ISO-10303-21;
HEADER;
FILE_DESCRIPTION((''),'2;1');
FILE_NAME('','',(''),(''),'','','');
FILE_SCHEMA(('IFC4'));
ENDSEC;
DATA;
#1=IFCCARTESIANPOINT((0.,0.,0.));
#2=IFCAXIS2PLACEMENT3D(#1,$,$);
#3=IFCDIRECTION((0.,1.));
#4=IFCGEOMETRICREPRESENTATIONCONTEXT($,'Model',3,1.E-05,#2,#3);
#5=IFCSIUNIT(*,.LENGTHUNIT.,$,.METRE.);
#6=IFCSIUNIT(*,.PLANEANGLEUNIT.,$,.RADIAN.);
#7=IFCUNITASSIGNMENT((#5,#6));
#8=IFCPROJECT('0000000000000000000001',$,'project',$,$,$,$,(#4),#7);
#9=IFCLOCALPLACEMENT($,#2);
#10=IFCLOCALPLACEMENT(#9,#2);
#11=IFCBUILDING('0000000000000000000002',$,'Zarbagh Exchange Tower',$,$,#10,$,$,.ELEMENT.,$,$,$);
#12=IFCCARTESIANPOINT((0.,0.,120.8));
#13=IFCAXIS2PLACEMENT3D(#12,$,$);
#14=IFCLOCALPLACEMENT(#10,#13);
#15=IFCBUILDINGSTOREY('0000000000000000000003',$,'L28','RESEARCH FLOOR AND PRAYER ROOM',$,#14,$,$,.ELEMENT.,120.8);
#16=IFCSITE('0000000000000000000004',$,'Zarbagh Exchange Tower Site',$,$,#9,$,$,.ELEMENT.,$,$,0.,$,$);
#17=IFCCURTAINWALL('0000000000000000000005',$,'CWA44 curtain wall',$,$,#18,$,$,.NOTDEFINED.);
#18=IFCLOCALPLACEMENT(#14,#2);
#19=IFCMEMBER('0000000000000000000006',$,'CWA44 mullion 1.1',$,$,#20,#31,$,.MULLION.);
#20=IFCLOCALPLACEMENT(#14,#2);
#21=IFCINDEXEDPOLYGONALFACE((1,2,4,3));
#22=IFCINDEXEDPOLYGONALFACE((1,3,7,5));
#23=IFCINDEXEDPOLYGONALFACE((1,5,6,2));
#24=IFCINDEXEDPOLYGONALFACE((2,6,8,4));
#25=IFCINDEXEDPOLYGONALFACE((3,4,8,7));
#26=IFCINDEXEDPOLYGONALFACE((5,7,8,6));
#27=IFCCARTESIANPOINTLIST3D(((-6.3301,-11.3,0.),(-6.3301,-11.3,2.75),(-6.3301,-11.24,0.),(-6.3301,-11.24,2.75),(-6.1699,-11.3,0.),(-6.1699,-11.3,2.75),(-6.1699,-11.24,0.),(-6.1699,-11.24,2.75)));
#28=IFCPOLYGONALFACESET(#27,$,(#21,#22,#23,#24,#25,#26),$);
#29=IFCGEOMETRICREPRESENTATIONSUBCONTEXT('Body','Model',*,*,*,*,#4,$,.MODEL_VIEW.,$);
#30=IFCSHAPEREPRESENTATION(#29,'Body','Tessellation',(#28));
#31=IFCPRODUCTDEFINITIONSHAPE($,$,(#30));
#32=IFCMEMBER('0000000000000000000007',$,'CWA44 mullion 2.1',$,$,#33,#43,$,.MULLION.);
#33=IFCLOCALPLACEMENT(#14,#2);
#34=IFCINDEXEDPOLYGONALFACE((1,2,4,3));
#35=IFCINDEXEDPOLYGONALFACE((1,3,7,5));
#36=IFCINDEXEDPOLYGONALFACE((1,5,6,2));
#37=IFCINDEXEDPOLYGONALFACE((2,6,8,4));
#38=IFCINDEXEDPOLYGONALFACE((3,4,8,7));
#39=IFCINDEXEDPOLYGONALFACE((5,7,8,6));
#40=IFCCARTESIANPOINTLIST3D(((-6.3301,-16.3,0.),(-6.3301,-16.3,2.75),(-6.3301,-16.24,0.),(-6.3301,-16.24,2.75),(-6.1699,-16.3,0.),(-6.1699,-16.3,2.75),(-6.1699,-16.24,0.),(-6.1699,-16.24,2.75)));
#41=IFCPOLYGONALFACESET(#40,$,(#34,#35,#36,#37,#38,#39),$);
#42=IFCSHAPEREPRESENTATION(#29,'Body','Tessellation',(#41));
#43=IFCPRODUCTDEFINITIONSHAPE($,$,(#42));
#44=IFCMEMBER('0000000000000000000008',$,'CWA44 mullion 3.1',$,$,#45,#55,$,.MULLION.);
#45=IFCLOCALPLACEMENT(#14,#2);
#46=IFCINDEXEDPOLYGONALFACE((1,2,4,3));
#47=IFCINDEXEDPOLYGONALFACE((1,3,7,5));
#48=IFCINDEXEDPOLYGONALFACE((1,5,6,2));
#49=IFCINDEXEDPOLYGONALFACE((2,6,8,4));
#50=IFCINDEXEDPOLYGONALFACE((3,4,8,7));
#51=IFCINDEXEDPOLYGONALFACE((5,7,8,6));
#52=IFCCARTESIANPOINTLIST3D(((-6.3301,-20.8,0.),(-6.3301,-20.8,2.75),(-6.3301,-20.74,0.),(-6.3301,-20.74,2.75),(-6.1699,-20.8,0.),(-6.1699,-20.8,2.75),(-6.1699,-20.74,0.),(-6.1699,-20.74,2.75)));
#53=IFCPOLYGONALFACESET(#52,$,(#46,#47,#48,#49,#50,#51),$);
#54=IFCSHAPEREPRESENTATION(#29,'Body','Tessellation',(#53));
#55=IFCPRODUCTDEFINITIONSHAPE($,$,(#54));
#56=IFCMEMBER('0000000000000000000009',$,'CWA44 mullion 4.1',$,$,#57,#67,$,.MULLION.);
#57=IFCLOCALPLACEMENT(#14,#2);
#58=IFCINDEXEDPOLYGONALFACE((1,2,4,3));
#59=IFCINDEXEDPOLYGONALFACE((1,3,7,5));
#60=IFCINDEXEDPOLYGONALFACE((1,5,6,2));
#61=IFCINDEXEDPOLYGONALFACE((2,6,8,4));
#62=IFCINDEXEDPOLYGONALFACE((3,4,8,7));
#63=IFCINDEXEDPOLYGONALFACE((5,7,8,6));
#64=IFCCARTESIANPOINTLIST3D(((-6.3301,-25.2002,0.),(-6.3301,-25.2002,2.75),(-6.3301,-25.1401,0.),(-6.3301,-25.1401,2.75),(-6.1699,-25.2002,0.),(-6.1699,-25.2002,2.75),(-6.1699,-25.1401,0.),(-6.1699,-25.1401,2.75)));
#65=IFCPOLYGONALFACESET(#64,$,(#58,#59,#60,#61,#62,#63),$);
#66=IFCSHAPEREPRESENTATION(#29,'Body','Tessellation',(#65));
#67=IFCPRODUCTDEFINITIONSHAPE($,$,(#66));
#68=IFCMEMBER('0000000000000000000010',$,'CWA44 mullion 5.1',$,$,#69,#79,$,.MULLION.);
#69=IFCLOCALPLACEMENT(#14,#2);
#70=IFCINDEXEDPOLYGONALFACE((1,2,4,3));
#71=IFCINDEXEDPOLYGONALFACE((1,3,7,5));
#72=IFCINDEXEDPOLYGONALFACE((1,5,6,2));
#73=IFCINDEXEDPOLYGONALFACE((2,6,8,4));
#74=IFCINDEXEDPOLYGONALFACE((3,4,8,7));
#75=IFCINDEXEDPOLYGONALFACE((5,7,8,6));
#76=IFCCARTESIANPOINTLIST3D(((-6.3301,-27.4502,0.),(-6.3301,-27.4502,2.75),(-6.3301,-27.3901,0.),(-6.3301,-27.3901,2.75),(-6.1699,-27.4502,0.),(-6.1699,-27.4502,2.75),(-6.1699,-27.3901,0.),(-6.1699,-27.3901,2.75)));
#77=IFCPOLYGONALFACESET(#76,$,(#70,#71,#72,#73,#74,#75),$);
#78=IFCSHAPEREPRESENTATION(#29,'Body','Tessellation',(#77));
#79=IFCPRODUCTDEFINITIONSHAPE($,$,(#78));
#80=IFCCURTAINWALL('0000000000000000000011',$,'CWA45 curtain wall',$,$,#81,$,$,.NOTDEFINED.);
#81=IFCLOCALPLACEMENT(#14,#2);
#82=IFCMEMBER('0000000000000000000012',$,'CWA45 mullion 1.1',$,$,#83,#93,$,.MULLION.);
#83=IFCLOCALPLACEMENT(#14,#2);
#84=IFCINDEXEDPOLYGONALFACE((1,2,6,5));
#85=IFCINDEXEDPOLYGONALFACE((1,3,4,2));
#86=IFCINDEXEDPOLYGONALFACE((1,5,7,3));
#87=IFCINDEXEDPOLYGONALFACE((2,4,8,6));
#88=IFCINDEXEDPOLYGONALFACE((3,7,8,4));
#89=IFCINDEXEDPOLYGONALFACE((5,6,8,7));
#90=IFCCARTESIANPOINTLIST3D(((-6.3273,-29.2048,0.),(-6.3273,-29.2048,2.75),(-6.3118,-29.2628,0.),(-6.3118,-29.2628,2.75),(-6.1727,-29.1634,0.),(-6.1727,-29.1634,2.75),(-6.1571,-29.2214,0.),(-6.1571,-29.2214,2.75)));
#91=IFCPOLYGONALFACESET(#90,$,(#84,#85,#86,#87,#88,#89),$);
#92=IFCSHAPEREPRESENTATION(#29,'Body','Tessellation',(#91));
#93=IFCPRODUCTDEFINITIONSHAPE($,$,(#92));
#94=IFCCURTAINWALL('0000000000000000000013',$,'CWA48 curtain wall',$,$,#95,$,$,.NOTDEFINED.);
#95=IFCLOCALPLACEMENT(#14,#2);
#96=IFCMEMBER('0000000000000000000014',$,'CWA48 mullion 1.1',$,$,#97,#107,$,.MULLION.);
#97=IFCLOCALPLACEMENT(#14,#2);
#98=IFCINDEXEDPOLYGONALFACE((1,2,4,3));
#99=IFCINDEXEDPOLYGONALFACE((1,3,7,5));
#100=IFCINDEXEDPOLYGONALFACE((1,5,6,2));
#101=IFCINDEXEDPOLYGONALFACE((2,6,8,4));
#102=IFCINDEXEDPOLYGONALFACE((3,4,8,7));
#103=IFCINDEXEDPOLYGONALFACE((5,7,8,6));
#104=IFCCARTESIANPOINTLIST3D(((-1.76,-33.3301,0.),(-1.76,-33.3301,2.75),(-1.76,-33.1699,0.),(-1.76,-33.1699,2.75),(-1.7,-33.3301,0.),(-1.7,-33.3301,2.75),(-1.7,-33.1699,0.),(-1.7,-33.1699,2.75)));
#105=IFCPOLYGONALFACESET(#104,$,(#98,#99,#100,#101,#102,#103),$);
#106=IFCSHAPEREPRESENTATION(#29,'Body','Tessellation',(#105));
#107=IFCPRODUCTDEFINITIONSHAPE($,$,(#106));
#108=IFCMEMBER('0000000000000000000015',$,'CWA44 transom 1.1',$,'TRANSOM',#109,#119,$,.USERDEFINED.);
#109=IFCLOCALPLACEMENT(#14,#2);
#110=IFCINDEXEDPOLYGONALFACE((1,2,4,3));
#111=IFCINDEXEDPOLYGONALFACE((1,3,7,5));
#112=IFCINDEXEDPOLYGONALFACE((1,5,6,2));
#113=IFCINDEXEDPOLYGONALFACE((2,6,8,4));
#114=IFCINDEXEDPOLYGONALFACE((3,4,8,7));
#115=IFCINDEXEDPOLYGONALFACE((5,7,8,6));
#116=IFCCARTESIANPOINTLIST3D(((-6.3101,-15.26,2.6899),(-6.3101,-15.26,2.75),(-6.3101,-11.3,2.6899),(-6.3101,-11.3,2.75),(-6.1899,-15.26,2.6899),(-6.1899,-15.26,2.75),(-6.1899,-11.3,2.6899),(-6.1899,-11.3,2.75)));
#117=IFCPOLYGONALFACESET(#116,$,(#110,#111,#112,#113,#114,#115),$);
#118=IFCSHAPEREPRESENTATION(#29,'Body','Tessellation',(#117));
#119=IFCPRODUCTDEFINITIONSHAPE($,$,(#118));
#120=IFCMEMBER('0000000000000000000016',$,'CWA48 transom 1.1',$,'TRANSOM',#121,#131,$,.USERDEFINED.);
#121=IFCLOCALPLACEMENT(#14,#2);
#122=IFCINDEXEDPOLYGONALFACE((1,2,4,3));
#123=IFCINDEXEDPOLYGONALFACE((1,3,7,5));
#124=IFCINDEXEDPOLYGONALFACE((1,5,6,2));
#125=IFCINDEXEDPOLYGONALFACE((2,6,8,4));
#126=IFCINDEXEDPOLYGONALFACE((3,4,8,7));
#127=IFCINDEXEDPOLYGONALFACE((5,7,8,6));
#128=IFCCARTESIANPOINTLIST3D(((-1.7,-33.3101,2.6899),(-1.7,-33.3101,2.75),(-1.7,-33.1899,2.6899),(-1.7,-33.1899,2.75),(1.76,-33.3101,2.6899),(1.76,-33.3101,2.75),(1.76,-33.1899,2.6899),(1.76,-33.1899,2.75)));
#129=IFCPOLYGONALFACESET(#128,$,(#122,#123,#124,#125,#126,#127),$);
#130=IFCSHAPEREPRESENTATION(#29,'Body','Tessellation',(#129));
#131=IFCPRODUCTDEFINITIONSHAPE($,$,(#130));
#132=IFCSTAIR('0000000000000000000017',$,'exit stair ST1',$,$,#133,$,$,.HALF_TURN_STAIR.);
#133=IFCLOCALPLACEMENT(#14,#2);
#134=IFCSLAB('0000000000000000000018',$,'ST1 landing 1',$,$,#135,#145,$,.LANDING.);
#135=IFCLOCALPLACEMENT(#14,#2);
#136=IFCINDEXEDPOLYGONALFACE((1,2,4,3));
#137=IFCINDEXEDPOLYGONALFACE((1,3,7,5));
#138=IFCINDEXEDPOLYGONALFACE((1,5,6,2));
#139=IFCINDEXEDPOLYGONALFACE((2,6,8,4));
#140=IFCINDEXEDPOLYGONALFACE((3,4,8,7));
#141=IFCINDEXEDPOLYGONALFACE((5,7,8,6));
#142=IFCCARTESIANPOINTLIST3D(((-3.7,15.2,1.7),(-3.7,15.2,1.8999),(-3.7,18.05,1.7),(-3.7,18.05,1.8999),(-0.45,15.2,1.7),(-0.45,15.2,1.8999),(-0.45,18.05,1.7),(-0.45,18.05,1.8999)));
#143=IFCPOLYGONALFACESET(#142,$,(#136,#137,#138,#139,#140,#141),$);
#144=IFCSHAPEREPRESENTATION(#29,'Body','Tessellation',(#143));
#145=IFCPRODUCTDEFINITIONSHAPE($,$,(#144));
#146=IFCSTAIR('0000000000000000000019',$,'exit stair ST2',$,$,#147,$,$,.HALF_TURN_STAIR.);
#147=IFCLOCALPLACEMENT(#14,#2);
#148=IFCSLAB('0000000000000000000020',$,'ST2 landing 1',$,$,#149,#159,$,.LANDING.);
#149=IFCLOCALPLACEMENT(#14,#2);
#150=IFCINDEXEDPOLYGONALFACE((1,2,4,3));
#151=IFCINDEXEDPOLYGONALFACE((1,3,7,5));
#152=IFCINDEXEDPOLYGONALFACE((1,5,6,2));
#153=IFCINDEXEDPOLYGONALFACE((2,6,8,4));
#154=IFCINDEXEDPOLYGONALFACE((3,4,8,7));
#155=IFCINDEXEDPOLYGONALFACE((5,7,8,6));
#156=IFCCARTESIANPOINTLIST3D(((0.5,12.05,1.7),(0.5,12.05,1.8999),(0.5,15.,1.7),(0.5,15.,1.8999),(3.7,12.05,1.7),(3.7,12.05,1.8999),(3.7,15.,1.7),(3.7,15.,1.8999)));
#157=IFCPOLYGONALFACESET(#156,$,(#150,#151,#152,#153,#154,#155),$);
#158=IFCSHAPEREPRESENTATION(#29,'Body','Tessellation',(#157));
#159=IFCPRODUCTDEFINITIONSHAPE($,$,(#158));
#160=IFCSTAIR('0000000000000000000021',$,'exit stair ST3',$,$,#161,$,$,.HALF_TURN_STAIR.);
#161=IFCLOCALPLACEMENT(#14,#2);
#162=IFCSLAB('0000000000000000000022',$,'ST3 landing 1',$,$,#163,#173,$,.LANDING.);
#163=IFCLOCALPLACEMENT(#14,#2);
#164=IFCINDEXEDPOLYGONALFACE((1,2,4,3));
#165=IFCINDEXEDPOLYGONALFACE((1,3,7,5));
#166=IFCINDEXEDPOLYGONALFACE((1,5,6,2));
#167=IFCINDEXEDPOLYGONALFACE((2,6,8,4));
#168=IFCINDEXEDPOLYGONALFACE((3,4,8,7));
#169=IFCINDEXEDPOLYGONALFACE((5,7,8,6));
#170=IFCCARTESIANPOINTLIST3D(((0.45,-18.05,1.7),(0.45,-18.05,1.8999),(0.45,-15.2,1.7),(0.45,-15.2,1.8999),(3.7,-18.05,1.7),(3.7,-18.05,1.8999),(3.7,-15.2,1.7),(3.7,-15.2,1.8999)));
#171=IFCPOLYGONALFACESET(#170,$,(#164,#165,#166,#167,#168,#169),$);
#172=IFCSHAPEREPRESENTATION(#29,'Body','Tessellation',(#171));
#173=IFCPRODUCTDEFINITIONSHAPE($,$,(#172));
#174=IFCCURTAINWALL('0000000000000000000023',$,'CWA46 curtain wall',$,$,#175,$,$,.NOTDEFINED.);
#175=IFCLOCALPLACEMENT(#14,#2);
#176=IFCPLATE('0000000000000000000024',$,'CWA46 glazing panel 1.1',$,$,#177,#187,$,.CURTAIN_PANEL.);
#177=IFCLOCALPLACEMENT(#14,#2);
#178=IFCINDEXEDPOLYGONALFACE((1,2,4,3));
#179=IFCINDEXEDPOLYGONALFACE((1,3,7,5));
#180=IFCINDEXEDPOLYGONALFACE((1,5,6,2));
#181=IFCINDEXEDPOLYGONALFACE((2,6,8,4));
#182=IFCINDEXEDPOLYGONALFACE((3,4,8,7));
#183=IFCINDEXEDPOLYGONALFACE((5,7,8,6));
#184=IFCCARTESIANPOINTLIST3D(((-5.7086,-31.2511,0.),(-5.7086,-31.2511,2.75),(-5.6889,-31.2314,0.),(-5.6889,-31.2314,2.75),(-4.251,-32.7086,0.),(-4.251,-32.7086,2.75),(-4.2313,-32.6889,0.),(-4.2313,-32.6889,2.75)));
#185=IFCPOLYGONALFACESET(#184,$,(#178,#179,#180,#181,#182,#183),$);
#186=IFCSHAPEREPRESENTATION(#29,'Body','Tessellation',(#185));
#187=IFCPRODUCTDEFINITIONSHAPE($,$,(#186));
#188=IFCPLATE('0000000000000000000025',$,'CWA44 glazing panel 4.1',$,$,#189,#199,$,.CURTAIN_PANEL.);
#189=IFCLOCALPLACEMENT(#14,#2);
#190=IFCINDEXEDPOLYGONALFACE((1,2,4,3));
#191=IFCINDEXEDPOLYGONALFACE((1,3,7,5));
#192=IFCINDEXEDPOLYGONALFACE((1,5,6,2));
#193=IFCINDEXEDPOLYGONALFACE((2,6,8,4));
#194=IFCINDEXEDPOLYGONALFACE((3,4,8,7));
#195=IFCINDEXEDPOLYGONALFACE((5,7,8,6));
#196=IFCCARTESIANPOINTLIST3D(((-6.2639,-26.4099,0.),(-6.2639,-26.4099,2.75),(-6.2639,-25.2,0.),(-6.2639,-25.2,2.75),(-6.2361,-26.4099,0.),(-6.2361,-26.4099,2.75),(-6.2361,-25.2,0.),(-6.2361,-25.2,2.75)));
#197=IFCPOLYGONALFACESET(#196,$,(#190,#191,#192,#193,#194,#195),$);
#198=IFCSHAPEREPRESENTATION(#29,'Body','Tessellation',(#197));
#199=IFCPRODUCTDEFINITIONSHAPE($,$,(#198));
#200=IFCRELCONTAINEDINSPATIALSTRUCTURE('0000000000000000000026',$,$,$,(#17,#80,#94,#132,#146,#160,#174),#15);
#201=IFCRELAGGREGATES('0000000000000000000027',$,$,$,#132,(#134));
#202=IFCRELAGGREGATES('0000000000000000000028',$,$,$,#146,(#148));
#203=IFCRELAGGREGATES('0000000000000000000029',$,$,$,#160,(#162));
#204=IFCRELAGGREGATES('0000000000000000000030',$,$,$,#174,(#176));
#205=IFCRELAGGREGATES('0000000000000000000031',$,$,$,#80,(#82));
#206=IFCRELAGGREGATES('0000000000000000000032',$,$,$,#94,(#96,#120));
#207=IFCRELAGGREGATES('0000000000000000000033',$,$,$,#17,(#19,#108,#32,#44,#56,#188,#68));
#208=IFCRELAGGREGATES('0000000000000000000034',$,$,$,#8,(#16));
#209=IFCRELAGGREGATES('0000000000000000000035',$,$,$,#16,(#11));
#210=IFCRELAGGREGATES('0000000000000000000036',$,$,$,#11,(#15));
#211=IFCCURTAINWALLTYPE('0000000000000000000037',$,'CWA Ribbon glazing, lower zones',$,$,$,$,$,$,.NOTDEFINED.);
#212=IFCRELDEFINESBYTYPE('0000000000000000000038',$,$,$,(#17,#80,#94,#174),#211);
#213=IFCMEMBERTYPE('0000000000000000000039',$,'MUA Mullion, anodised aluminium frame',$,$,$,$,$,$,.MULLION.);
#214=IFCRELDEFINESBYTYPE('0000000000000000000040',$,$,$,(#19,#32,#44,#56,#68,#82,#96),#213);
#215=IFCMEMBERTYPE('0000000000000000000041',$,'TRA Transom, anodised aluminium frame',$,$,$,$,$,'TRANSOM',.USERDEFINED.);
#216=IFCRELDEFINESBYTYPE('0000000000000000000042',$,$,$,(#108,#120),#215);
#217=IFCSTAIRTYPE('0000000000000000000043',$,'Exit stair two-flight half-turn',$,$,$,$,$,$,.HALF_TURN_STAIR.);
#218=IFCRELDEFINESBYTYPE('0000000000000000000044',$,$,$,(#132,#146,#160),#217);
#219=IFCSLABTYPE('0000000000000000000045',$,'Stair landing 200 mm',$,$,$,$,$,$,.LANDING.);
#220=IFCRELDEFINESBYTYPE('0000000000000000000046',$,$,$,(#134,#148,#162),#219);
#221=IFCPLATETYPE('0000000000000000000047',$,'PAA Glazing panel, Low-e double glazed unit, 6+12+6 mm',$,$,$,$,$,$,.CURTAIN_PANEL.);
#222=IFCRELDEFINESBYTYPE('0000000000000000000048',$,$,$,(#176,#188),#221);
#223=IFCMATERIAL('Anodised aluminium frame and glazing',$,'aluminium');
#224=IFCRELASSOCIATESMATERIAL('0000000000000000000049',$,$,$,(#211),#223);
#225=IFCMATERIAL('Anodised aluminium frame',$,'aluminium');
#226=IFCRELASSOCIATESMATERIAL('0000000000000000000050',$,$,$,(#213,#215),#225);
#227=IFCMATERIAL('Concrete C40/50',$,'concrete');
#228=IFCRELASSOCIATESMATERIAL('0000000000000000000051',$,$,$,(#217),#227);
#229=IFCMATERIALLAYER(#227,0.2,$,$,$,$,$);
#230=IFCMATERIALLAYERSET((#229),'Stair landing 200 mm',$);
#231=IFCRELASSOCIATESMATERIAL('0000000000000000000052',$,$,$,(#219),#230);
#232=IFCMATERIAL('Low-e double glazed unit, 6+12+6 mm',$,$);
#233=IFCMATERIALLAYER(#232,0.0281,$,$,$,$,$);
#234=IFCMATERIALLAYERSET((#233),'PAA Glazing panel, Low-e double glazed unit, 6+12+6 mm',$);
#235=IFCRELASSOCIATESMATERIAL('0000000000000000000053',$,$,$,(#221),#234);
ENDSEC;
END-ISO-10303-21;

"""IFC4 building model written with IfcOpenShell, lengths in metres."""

from ifc_helpers import new_model, si_unit, direction, frame, origin, place, context, subcontext, project, spatial, polyline, outline, extrude, source, transform, mapped, material, layer, layer_set, type_object, element, aggregate, save


model = new_model("IFC4")

# Units and contexts
model_context = context("Model", 3, precision=1e-05, world=origin(), true_north=direction((0.0, 1.0)))
body_context = subcontext(model_context, "Body", "Model", "MODEL_VIEW")
ifc_project = project(units=[si_unit("LENGTHUNIT", "METRE"), si_unit("PLANEANGLEUNIT", "RADIAN")], contexts=[model_context])

# Site, building, storey
site_placement = place(None, origin())
site = spatial("IfcSite", under=ifc_project, at=site_placement, Name="Zarbagh Exchange Tower Site", CompositionType="ELEMENT", RefElevation=0.0)
building_placement = place(site_placement, origin())
building = spatial("IfcBuilding", under=site, at=building_placement, Name="Zarbagh Exchange Tower", CompositionType="ELEMENT")
storey_placement = place(building_placement, frame((0.0, 0.0, 120.8)))
storey = spatial("IfcBuildingStorey", under=building, at=storey_placement, Name="L28", Description="RESEARCH FLOOR AND PRAYER ROOM", CompositionType="ELEMENT", Elevation=120.8)

# Curtain wall, members
ifc_material_1 = material(Name="Anodised aluminium frame and glazing", Category="aluminium")
curtain_wall_type = type_object("IfcCurtainWallType", Name="CWA Ribbon glazing, lower zones", PredefinedType="NOTDEFINED", material=ifc_material_1)
curtain_wall_1_placement = place(storey_placement, origin())
curtain_wall_1 = element("IfcCurtainWall", 1, at=curtain_wall_1_placement, inside=storey, type_object=curtain_wall_type, Name="CWA44 curtain wall", PredefinedType="NOTDEFINED")
ifc_material_2 = material(Name="Anodised aluminium frame", Category="aluminium")
member_type_1 = type_object("IfcMemberType", Name="MUA Mullion, anodised aluminium frame", PredefinedType="MULLION", material=ifc_material_2)
shared_shape_1 = source(origin(), body_context, "Body", "SweptSolid", [
    extrude(outline(polyline([(0.0, -0.0801), (0.0601, -0.0801), (0.0601, 0.0801), (0.0, 0.0801), (0.0, -0.0801)])), origin(), (0.0, 0.0, 1.0), 2.75),
])
placement = place(storey_placement, origin())
member_1 = element("IfcMember", 2, at=placement, type_object=member_type_1, Name="CWA44 mullion 1.1", PredefinedType="MULLION", context=body_context, shape_type="MappedRepresentation", body=[
    mapped(shared_shape_1, transform((-6.25, -11.24, 0.0), x_axis=(0.0, -1.0, 0.0), y_axis=(1.0, 0.0, 0.0), z_axis=(0.0, 0.0, 1.0))),
])
member_2 = element("IfcMember", 3, at=placement, type_object=member_type_1, Name="CWA44 mullion 2.1", PredefinedType="MULLION", context=body_context, shape_type="MappedRepresentation", body=[
    mapped(shared_shape_1, transform((-6.25, -16.24, 0.0), x_axis=(0.0, -1.0, 0.0), y_axis=(1.0, 0.0, 0.0), z_axis=(0.0, 0.0, 1.0))),
])
member_3 = element("IfcMember", 4, at=placement, type_object=member_type_1, Name="CWA44 mullion 3.1", PredefinedType="MULLION", context=body_context, shape_type="MappedRepresentation", body=[
    mapped(shared_shape_1, transform((-6.25, -20.74, 0.0), x_axis=(0.0, -1.0, 0.0), y_axis=(1.0, 0.0, 0.0), z_axis=(0.0, 0.0, 1.0))),
])
member_4 = element("IfcMember", 5, at=placement, type_object=member_type_1, Name="CWA44 mullion 4.1", PredefinedType="MULLION", context=body_context, shape_type="MappedRepresentation", body=[
    mapped(shared_shape_1, transform((-6.25, -25.1401, 0.0), x_axis=(0.0, -1.0, 0.0), y_axis=(1.0, 0.0, 0.0), z_axis=(0.0, 0.0, 1.0))),
])
member_5 = element("IfcMember", 6, at=placement, type_object=member_type_1, Name="CWA44 mullion 5.1", PredefinedType="MULLION", context=body_context, shape_type="MappedRepresentation", body=[
    mapped(shared_shape_1, transform((-6.25, -27.3901, 0.0), x_axis=(0.0, -1.0, 0.0), y_axis=(1.0, 0.0, 0.0), z_axis=(0.0, 0.0, 1.0))),
])

# Curtain walls, members
curtain_wall_2_placement = place(storey_placement, origin())
curtain_wall_2 = element("IfcCurtainWall", 7, at=curtain_wall_2_placement, inside=storey, type_object=curtain_wall_type, Name="CWA45 curtain wall", PredefinedType="NOTDEFINED")
member_6 = element("IfcMember", 8, at=placement, type_object=member_type_1, Name="CWA45 mullion 1.1", PredefinedType="MULLION", context=body_context, shape_type="MappedRepresentation", body=[
    mapped(shared_shape_1, transform((-6.25, -29.1841, 0.0), x_axis=(0.258825, -0.965924, 0.0), y_axis=(0.965924, 0.258825, 0.0), z_axis=(0.0, 0.0, 1.0))),
])
curtain_wall_3_placement = place(storey_placement, origin())
curtain_wall_3 = element("IfcCurtainWall", 9, at=curtain_wall_3_placement, inside=storey, type_object=curtain_wall_type, Name="CWA48 curtain wall", PredefinedType="NOTDEFINED")
member_7 = element("IfcMember", 10, at=placement, type_object=member_type_1, Name="CWA48 mullion 1.1", PredefinedType="MULLION", context=body_context, shape_type="MappedRepresentation", body=[
    mapped(shared_shape_1, transform((-1.76, -33.25, 0.0), x_axis=(1.0, 0.0, 0.0), y_axis=(0.0, 1.0, 0.0), z_axis=(0.0, 0.0, 1.0))),
])

# Members
member_type_2 = type_object("IfcMemberType", Name="TRA Transom, anodised aluminium frame", ElementType="TRANSOM", PredefinedType="USERDEFINED", material=ifc_material_2)
shared_shape_2 = source(origin(), body_context, "Body", "SweptSolid", [
    extrude(outline(polyline([(-0.0601, -0.0601), (0.0, -0.0601), (0.0, 0.0601), (-0.0601, 0.0601), (-0.0601, -0.0601)])), origin(), (0.0, 0.0, 1.0), 3.96),
])
member_8 = element("IfcMember", 11, at=placement, type_object=member_type_2, Name="CWA44 transom 1.1", ObjectType="TRANSOM", PredefinedType="USERDEFINED", context=body_context, shape_type="MappedRepresentation", body=[
    mapped(shared_shape_2, transform((-6.25, -11.3, 2.75), x_axis=(0.0, 0.0, 1.0), y_axis=(-1.0, 0.0, 0.0), z_axis=(0.0, -1.0, 0.0))),
])
shared_shape_3 = source(origin(), body_context, "Body", "SweptSolid", [
    extrude(outline(polyline([(-0.0601, -0.0601), (0.0, -0.0601), (0.0, 0.0601), (-0.0601, 0.0601), (-0.0601, -0.0601)])), origin(), (0.0, 0.0, 1.0), 3.46),
])
member_9 = element("IfcMember", 12, at=placement, type_object=member_type_2, Name="CWA48 transom 1.1", ObjectType="TRANSOM", PredefinedType="USERDEFINED", context=body_context, shape_type="MappedRepresentation", body=[
    mapped(shared_shape_3, transform((-1.7, -33.25, 2.75), x_axis=(0.0, 0.0, 1.0), y_axis=(0.0, -1.0, 0.0), z_axis=(1.0, 0.0, 0.0))),
])

# Stairs, slabs
ifc_material_3 = material(Name="Concrete C40/50", Category="concrete")
stair_type = type_object("IfcStairType", Name="Exit stair two-flight half-turn", PredefinedType="HALF_TURN_STAIR", material=ifc_material_3)
stair_1_placement = place(storey_placement, origin())
stair_1 = element("IfcStair", 13, at=stair_1_placement, inside=storey, type_object=stair_type, Name="exit stair ST1", PredefinedType="HALF_TURN_STAIR")
ifc_layer_1 = layer(ifc_material_3, 0.2)
ifc_layer_set_1 = layer_set([ifc_layer_1], Name="Stair landing 200 mm")
slab_type = type_object("IfcSlabType", Name="Stair landing 200 mm", PredefinedType="LANDING", material=ifc_layer_set_1)
slab_1_placement = place(storey_placement, frame((0.0, 0.0, 1.7)))
slab_1 = element("IfcSlab", 14, at=slab_1_placement, type_object=slab_type, Name="ST1 landing 1", PredefinedType="LANDING", context=body_context, shape_type="SweptSolid", body=[
    extrude(outline(polyline([(-0.45, 18.05), (-3.7, 18.05), (-3.7, 15.2), (-0.45, 15.2), (-0.45, 18.05)])), origin(), (0.0, 0.0, 1.0), 0.2),
])
aggregate(stair_1, [slab_1])
stair_2_placement = place(storey_placement, origin())
stair_2 = element("IfcStair", 15, at=stair_2_placement, inside=storey, type_object=stair_type, Name="exit stair ST2", PredefinedType="HALF_TURN_STAIR")
slab_2_placement = place(storey_placement, frame((0.0, 0.0, 1.7)))
slab_2 = element("IfcSlab", 16, at=slab_2_placement, type_object=slab_type, Name="ST2 landing 1", PredefinedType="LANDING", context=body_context, shape_type="SweptSolid", body=[
    extrude(outline(polyline([(0.5, 12.05), (3.7, 12.05), (3.7, 15.0), (0.5, 15.0), (0.5, 12.05)])), origin(), (0.0, 0.0, 1.0), 0.2),
])
aggregate(stair_2, [slab_2])
stair_3_placement = place(storey_placement, origin())
stair_3 = element("IfcStair", 17, at=stair_3_placement, inside=storey, type_object=stair_type, Name="exit stair ST3", PredefinedType="HALF_TURN_STAIR")
slab_3_placement = place(storey_placement, frame((0.0, 0.0, 1.7)))
slab_3 = element("IfcSlab", 18, at=slab_3_placement, type_object=slab_type, Name="ST3 landing 1", PredefinedType="LANDING", context=body_context, shape_type="SweptSolid", body=[
    extrude(outline(polyline([(0.45, -18.05), (3.7, -18.05), (3.7, -15.2), (0.45, -15.2), (0.45, -18.05)])), origin(), (0.0, 0.0, 1.0), 0.2),
])
aggregate(stair_3, [slab_3])

# Curtain wall, plate
curtain_wall_4_placement = place(storey_placement, origin())
curtain_wall_4 = element("IfcCurtainWall", 19, at=curtain_wall_4_placement, inside=storey, type_object=curtain_wall_type, Name="CWA46 curtain wall", PredefinedType="NOTDEFINED")
ifc_material_4 = material(Name="Low-e double glazed unit, 6+12+6 mm")
ifc_layer_2 = layer(ifc_material_4, 0.0281)
ifc_layer_set_2 = layer_set([ifc_layer_2], Name="PAA Glazing panel, Low-e double glazed unit, 6+12+6 mm")
plate_type = type_object("IfcPlateType", Name="PAA Glazing panel, Low-e double glazed unit, 6+12+6 mm", PredefinedType="CURTAIN_PANEL", material=ifc_layer_set_2)
shared_shape_4 = source(origin(), body_context, "Body", "SweptSolid", [
    extrude(outline(polyline([(0.0, -0.0139), (2.0613, -0.0139), (2.0613, 0.0139), (0.0, 0.0139), (0.0, -0.0139)])), origin(), (0.0, 0.0, 1.0), 2.75),
])
plate_1 = element("IfcPlate", 20, at=placement, type_object=plate_type, Name="CWA46 glazing panel 1.1", PredefinedType="CURTAIN_PANEL", context=body_context, shape_type="MappedRepresentation", body=[
    mapped(shared_shape_4, transform((-5.6987, -31.2412, 0.0), x_axis=(0.707107, -0.707107, 0.0), y_axis=(0.707107, 0.707107, 0.0), z_axis=(0.0, 0.0, 1.0))),
])
aggregate(curtain_wall_4, [plate_1])

# Plate
shared_shape_5 = source(origin(), body_context, "Body", "SweptSolid", [
    extrude(outline(polyline([(0.0, -0.0139), (1.21, -0.0139), (1.21, 0.0139), (0.0, 0.0139), (0.0, -0.0139)])), origin(), (0.0, 0.0, 1.0), 2.75),
])
plate_2 = element("IfcPlate", 21, at=placement, type_object=plate_type, Name="CWA44 glazing panel 4.1", PredefinedType="CURTAIN_PANEL", context=body_context, shape_type="MappedRepresentation", body=[
    mapped(shared_shape_5, transform((-6.25, -25.2, 0.0), x_axis=(0.0, -1.0, 0.0), y_axis=(1.0, 0.0, 0.0), z_axis=(0.0, 0.0, 1.0))),
])

aggregate(curtain_wall_2, [member_6])

aggregate(curtain_wall_3, [member_7, member_9])
aggregate(curtain_wall_1, [member_1, member_8, member_2, member_3, member_4, plate_2, member_5])

save(model, "model.ifc")
